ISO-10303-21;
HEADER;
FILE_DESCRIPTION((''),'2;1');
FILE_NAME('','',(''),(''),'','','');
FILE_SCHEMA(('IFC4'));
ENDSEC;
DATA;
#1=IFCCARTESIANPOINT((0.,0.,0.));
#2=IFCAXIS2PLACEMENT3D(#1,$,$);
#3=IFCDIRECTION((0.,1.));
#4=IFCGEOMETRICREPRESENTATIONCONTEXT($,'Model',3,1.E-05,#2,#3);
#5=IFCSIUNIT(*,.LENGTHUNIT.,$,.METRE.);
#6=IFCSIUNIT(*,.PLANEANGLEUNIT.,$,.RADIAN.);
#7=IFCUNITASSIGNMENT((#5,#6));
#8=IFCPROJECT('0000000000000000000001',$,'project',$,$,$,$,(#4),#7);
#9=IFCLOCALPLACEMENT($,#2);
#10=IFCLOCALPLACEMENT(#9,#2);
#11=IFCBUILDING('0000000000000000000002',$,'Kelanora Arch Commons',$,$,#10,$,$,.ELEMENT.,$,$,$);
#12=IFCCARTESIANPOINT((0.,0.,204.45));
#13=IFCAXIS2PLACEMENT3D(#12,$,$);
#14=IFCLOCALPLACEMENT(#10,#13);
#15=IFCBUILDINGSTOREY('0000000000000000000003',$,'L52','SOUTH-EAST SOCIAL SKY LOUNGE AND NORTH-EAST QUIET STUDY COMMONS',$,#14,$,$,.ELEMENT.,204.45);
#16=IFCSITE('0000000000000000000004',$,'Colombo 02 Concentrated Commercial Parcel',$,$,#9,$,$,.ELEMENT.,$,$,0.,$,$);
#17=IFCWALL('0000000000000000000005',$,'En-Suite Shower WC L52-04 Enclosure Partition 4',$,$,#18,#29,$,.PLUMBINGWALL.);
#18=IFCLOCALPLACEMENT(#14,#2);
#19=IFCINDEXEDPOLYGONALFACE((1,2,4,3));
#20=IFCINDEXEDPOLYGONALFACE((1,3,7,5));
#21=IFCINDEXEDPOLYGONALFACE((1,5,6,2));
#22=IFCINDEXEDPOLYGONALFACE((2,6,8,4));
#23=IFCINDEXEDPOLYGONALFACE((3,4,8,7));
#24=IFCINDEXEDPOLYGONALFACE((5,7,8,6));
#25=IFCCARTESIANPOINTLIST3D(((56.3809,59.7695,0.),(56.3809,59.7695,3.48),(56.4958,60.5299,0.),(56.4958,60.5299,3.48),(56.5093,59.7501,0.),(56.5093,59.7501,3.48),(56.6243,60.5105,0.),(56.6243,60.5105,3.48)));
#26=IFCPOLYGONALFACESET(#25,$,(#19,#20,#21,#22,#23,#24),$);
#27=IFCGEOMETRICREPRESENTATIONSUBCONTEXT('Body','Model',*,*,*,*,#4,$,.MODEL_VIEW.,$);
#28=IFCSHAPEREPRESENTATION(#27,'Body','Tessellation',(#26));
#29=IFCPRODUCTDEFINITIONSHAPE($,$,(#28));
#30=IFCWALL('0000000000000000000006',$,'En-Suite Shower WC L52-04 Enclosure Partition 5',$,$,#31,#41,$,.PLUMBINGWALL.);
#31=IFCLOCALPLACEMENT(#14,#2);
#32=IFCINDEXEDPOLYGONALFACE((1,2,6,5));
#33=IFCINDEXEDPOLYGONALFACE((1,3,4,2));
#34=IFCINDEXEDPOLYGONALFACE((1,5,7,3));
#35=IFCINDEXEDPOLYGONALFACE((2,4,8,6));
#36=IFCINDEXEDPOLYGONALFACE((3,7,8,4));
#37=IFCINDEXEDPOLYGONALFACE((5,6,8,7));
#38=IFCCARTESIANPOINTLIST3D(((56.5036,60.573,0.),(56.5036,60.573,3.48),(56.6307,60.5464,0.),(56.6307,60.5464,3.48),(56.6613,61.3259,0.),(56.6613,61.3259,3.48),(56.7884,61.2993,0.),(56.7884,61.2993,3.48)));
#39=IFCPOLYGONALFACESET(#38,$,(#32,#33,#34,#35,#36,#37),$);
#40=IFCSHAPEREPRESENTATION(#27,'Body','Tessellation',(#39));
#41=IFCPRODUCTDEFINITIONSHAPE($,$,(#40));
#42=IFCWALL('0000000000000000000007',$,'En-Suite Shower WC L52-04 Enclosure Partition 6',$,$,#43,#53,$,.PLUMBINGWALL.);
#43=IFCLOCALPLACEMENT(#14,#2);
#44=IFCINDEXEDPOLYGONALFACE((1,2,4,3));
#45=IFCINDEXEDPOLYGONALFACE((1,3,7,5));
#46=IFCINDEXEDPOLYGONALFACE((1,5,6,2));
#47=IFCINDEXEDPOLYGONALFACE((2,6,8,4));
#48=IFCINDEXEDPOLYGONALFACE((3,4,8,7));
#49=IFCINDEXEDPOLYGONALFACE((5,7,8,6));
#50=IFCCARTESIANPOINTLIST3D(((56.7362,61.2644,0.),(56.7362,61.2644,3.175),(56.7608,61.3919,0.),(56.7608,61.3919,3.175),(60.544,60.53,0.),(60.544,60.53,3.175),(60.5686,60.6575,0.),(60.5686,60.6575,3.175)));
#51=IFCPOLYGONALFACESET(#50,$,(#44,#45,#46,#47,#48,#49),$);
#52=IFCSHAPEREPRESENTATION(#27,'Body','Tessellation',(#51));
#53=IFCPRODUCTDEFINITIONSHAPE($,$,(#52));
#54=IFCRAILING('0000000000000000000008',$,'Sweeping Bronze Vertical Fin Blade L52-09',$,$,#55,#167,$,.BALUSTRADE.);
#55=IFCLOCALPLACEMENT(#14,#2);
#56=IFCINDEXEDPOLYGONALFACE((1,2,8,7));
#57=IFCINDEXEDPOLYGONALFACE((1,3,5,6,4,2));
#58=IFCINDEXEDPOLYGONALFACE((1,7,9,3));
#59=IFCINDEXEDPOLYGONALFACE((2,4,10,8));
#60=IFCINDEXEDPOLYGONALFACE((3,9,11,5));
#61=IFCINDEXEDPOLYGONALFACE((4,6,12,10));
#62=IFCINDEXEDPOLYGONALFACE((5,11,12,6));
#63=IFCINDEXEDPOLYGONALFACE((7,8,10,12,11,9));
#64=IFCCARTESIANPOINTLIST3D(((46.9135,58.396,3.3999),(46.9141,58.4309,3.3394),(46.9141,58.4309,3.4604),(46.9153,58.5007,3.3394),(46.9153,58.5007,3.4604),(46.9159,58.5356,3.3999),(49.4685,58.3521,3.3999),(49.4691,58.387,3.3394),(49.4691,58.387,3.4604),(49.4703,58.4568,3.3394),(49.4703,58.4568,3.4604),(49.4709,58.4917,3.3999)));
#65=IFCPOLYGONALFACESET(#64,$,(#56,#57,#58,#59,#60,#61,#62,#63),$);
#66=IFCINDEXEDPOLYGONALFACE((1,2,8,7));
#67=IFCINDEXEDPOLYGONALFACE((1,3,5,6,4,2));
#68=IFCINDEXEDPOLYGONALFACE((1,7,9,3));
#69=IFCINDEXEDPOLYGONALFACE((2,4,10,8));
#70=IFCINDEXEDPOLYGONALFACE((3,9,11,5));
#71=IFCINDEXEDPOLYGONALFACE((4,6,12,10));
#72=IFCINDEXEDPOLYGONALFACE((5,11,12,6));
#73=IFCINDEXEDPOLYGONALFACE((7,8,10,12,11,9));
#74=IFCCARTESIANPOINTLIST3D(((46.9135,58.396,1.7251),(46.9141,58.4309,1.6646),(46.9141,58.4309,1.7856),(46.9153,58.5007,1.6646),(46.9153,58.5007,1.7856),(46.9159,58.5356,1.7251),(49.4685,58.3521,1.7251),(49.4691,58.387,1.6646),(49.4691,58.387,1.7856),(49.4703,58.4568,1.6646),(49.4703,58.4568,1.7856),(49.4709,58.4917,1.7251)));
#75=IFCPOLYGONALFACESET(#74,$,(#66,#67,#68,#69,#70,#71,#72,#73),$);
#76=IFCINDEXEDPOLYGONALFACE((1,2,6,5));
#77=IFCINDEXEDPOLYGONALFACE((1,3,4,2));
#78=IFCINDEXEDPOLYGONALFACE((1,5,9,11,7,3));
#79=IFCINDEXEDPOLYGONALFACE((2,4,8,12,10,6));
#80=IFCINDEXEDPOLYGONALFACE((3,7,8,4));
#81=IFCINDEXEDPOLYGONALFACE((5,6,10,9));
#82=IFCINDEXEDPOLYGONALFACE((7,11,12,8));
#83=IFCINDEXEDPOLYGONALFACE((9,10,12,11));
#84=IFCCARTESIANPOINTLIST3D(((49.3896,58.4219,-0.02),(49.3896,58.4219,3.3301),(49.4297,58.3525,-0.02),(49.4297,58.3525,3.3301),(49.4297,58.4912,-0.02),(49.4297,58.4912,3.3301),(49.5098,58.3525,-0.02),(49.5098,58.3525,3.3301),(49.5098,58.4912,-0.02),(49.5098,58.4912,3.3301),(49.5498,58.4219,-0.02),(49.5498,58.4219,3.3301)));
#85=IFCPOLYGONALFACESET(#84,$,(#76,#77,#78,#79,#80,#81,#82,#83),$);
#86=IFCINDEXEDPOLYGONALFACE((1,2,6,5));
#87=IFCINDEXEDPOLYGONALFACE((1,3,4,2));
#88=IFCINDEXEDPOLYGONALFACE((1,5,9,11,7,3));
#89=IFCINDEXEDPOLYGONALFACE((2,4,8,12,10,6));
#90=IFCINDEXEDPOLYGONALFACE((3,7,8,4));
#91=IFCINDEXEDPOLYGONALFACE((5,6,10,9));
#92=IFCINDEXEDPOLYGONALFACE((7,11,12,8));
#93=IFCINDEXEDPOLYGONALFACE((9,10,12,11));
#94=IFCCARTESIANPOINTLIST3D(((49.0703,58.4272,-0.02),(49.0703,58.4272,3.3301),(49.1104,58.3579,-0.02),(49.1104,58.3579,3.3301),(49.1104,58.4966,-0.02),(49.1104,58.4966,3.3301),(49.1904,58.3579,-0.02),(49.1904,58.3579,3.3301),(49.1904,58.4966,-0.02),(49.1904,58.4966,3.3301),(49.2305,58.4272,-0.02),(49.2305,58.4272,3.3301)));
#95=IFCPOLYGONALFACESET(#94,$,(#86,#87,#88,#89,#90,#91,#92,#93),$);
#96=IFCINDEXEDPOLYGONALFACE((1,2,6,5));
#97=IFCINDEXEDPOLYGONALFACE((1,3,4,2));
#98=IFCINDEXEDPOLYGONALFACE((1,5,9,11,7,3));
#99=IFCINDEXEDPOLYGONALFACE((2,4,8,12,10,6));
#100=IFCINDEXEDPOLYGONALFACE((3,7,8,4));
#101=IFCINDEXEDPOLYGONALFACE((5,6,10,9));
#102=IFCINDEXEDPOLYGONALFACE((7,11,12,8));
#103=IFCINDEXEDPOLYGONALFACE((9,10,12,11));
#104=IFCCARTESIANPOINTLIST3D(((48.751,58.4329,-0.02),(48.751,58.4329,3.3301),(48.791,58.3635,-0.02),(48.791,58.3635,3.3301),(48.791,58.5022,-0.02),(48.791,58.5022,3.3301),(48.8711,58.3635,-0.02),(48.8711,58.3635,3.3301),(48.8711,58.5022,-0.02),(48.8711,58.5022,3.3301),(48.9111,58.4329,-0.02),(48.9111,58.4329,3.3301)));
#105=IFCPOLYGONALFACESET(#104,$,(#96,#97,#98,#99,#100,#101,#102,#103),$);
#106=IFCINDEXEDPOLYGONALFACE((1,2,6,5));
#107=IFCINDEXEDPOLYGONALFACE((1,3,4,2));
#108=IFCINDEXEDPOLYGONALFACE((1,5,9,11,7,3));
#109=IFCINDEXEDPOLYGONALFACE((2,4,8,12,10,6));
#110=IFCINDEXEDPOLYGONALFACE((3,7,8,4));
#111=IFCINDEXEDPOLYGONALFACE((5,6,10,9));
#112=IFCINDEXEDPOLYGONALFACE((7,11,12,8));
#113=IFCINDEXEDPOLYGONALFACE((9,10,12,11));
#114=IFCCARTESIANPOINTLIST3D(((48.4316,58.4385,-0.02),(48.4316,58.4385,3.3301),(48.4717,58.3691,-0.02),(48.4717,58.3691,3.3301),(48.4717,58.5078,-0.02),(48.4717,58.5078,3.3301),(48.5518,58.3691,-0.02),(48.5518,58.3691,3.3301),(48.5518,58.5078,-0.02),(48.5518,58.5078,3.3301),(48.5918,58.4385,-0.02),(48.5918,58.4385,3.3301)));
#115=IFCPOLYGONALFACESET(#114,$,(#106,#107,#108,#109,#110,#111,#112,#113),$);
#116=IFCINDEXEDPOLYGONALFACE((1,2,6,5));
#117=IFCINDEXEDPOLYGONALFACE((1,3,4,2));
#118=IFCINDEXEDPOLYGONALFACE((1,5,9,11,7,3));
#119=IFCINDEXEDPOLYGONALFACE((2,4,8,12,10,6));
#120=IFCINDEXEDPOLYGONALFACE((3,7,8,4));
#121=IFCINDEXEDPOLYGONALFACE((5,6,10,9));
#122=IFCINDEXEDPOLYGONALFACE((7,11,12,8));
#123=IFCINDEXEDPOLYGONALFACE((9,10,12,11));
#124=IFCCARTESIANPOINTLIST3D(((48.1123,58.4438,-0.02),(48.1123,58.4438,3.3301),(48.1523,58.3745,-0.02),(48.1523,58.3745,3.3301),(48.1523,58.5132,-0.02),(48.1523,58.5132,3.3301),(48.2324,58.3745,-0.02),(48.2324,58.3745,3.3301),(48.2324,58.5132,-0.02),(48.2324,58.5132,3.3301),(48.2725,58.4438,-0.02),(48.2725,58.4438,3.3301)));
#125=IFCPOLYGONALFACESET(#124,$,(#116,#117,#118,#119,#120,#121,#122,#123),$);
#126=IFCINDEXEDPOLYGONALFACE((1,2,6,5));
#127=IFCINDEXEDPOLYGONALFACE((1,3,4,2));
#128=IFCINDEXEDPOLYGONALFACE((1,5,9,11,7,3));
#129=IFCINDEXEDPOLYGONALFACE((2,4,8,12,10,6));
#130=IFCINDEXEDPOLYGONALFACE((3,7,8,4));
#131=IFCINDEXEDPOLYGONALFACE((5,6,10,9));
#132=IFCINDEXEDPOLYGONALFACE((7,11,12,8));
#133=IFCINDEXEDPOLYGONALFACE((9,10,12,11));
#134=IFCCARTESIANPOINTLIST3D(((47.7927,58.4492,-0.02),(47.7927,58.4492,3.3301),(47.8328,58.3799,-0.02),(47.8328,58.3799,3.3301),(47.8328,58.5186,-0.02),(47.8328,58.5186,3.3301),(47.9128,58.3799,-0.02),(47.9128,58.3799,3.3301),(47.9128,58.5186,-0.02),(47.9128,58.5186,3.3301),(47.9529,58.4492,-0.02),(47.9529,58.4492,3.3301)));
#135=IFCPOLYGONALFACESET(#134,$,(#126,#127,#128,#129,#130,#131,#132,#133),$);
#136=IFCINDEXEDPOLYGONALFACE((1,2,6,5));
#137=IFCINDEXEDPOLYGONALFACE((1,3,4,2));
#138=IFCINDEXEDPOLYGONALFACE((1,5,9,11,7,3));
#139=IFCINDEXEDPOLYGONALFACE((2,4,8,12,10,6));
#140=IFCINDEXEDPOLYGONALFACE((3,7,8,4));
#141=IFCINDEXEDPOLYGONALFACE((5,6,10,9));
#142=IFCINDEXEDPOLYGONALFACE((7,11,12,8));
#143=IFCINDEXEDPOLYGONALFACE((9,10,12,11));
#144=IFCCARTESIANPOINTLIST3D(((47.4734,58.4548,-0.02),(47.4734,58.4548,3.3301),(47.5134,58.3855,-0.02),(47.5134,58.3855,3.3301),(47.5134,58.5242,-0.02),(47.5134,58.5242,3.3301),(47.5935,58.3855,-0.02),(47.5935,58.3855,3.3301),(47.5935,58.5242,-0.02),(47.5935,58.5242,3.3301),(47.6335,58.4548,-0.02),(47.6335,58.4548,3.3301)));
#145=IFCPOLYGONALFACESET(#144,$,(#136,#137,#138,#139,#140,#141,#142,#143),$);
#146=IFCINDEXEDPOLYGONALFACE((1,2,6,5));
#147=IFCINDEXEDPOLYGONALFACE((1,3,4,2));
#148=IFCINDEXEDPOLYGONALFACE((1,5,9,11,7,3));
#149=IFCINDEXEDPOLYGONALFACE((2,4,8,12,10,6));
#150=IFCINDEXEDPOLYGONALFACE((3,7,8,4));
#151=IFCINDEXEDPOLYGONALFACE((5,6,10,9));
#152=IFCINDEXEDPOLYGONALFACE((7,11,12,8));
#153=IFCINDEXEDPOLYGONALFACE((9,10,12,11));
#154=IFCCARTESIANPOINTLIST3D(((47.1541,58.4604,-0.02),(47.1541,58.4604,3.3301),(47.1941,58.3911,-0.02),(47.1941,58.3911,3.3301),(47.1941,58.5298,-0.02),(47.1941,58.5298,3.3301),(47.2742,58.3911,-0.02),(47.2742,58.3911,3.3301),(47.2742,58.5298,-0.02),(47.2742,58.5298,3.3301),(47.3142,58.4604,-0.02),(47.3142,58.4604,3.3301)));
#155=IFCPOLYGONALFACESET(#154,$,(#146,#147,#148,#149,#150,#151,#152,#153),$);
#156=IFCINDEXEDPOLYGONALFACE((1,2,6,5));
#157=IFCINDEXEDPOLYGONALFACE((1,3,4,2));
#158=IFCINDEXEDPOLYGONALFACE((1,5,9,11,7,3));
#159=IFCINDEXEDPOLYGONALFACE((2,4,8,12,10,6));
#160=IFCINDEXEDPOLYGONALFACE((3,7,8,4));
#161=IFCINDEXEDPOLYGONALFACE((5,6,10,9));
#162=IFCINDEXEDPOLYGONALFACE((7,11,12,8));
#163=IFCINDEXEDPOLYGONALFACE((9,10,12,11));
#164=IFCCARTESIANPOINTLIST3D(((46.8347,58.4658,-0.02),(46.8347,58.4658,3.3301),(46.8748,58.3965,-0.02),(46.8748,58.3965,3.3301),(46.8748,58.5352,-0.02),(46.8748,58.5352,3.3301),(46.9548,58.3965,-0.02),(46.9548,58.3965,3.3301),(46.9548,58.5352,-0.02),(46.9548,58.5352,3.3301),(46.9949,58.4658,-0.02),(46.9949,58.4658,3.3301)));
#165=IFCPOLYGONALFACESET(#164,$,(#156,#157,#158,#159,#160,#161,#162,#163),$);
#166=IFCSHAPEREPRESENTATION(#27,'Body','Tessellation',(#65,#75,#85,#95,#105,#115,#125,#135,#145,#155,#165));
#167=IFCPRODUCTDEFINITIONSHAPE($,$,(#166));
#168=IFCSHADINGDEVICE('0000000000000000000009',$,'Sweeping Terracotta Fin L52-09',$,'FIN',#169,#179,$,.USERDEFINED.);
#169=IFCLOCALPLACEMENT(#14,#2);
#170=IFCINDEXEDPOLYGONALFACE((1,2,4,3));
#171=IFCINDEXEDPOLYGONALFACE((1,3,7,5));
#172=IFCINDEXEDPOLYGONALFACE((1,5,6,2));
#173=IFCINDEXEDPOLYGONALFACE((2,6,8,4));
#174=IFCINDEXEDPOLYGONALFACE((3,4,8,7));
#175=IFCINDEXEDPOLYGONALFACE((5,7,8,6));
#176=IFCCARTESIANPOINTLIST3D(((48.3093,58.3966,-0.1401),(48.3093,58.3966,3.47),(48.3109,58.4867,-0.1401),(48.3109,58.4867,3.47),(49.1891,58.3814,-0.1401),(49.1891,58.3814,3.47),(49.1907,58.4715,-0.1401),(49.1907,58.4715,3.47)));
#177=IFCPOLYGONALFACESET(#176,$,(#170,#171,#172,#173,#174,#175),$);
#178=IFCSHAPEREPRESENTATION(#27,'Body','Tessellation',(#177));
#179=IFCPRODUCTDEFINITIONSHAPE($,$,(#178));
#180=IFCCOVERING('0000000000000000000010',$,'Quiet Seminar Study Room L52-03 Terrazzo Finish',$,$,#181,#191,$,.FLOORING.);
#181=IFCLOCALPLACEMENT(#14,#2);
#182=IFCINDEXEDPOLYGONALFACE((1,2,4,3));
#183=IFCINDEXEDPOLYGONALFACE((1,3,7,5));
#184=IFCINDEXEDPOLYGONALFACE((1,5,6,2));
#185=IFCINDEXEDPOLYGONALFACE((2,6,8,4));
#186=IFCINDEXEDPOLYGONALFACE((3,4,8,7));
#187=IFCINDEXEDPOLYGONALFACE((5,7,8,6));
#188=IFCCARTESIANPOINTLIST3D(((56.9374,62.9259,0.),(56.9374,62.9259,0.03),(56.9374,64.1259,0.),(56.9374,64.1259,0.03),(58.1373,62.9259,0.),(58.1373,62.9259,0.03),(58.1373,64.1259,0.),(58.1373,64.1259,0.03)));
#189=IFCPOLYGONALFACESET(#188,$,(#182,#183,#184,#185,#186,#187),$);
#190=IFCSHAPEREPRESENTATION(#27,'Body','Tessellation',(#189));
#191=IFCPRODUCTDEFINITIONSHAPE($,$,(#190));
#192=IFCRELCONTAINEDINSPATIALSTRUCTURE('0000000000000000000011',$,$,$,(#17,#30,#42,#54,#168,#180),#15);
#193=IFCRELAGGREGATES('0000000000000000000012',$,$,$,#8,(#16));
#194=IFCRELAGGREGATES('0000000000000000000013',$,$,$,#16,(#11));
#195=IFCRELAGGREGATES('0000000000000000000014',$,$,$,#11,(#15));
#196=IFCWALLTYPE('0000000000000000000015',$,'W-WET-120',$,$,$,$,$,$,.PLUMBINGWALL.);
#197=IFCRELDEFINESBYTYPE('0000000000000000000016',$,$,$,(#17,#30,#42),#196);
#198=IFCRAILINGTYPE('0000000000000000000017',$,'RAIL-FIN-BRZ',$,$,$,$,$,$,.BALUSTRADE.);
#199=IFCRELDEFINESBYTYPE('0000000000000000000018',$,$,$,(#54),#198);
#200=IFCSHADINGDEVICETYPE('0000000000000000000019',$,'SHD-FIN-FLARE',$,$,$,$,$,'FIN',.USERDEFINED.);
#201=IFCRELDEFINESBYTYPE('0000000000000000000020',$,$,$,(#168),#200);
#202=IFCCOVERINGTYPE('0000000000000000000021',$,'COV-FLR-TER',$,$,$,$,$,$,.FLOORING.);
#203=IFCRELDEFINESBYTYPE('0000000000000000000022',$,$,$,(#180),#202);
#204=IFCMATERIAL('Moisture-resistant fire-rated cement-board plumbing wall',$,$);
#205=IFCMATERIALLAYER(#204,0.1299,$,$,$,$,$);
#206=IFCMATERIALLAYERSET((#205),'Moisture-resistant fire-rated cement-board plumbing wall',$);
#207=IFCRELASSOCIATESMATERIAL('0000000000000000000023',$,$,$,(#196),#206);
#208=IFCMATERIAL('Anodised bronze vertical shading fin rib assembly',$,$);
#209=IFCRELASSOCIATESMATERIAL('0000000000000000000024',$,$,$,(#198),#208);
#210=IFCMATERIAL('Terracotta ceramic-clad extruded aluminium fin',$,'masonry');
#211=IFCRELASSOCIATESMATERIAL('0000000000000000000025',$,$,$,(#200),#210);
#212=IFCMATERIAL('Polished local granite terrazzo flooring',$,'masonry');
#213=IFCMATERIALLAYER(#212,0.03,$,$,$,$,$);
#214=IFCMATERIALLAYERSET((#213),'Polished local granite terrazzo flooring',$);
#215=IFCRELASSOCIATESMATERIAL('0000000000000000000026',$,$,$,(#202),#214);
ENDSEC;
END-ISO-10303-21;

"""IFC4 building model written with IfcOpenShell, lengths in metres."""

from ifc_helpers import new_model, si_unit, direction, frame, frame_2d, origin, origin_2d, place, context, subcontext, project, spatial, polyline, rectangle, outline, extrude, source, transform, mapped, material, layer, layer_set, type_object, element, save


model = new_model("IFC4")

# Units and contexts
model_context = context("Model", 3, precision=1e-05, world=origin(), true_north=direction((0.0, 1.0)))
body_context = subcontext(model_context, "Body", "Model", "MODEL_VIEW")
ifc_project = project(units=[si_unit("LENGTHUNIT", "METRE"), si_unit("PLANEANGLEUNIT", "RADIAN")], contexts=[model_context])

# Site, building, storey
site_placement = place(None, origin())
site = spatial("IfcSite", under=ifc_project, at=site_placement, Name="Colombo 02 Concentrated Commercial Parcel", CompositionType="ELEMENT", RefElevation=0.0)
building_placement = place(site_placement, origin())
building = spatial("IfcBuilding", under=site, at=building_placement, Name="Kelanora Arch Commons", CompositionType="ELEMENT")
storey_placement = place(building_placement, frame((0.0, 0.0, 204.45)))
storey = spatial("IfcBuildingStorey", under=building, at=storey_placement, Name="L52", Description="SOUTH-EAST SOCIAL SKY LOUNGE AND NORTH-EAST QUIET STUDY COMMONS", CompositionType="ELEMENT", Elevation=204.45)

# Shared definitions
ifc_material_1 = material(Name="Moisture-resistant fire-rated cement-board plumbing wall")
ifc_layer_1 = layer(ifc_material_1, 0.1299)
ifc_layer_set_1 = layer_set([ifc_layer_1], Name="Moisture-resistant fire-rated cement-board plumbing wall")
wall_type_1 = type_object("IfcWallType", Name="W-WET-120", PredefinedType="PLUMBINGWALL", material=ifc_layer_set_1)

# Walls
wall_1_placement = place(storey_placement, frame((56.4451, 59.7598, 0.0), z_axis=(0.0, 0.0, 1.0), x_axis=(0.149504, 0.988761, 0.0)))
element("IfcWall", 1, at=wall_1_placement, inside=storey, type_object=wall_type_1, Name="En-Suite Shower WC L52-04 Enclosure Partition 4", PredefinedType="PLUMBINGWALL", context=body_context, shape_type="SweptSolid", body=[
    extrude(rectangle(XDim=0.769, YDim=0.1299, at=frame_2d((0.3845, 0.0))), origin(), (0.0, 0.0, 1.0), 3.48),
])
wall_2_placement = place(storey_placement, frame((56.5671, 60.5596, 0.0), z_axis=(0.0, 0.0, 1.0), x_axis=(0.205019, 0.978758, 0.0)))
element("IfcWall", 2, at=wall_2_placement, inside=storey, type_object=wall_type_1, Name="En-Suite Shower WC L52-04 Enclosure Partition 5", PredefinedType="PLUMBINGWALL", context=body_context, shape_type="SweptSolid", body=[
    extrude(rectangle(XDim=0.7693, YDim=0.1299, at=frame_2d((0.3848, 0.0))), origin(), (0.0, 0.0, 1.0), 3.48),
])
wall_3_placement = place(storey_placement, frame((56.7485, 61.3281, 0.0), z_axis=(0.0, 0.0, 1.0), x_axis=(0.981906, -0.189368, 0.0)))
element("IfcWall", 3, at=wall_3_placement, inside=storey, type_object=wall_type_1, Name="En-Suite Shower WC L52-04 Enclosure Partition 6", PredefinedType="PLUMBINGWALL", context=body_context, shape_type="SweptSolid", body=[
    extrude(rectangle(XDim=3.8779, YDim=0.1299, at=frame_2d((1.939, 0.0))), origin(), (0.0, 0.0, 1.0), 3.175),
])

# Railing
ifc_material_2 = material(Name="Anodised bronze vertical shading fin rib assembly")
railing_type = type_object("IfcRailingType", Name="RAIL-FIN-BRZ", PredefinedType="BALUSTRADE", material=ifc_material_2)
railing_placement = place(storey_placement, frame((49.4697, 58.4219, -0.02)))
element("IfcRailing", 4, at=railing_placement, inside=storey, type_object=railing_type, Name="Sweeping Bronze Vertical Fin Blade L52-09", PredefinedType="BALUSTRADE", context=body_context, shape_type="SweptSolid", body=[
    extrude(outline(polyline([(0.0698, 0.0), (0.0349, 0.0605), (-0.0349, 0.0605), (-0.0698, 0.0), (-0.0349, -0.0605), (0.0349, -0.0605), (0.0698, 0.0)])), frame((0.0, 0.0, 3.4199), z_axis=(-0.999852, 0.017198, 0.0), x_axis=(-0.017198, -0.999852, 0.0)), (0.0, 0.0, 1.0), 2.5554),
    extrude(outline(polyline([(0.0698, 0.0), (0.0349, 0.0605), (-0.0349, 0.0605), (-0.0698, 0.0), (-0.0349, -0.0605), (0.0349, -0.0605), (0.0698, 0.0)])), frame((0.0, 0.0, 1.7451), z_axis=(-0.999852, 0.017198, 0.0), x_axis=(-0.017198, -0.999852, 0.0)), (0.0, 0.0, 1.0), 2.5554),
    extrude(outline(polyline([(0.0801, 0.0), (0.04, 0.0693), (-0.04, 0.0693), (-0.0801, 0.0), (-0.04, -0.0693), (0.04, -0.0693), (0.0801, 0.0)])), origin(), (0.0, 0.0, 1.0), 3.3501),
    extrude(outline(polyline([(0.0801, 0.0), (0.04, 0.0693), (-0.04, 0.0693), (-0.0801, 0.0), (-0.04, -0.0693), (0.04, -0.0693), (0.0801, 0.0)])), frame((-0.3193, 0.0054, 0.0)), (0.0, 0.0, 1.0), 3.3501),
    extrude(outline(polyline([(0.0801, 0.0), (0.04, 0.0693), (-0.04, 0.0693), (-0.0801, 0.0), (-0.04, -0.0693), (0.04, -0.0693), (0.0801, 0.0)])), frame((-0.6387, 0.011, 0.0)), (0.0, 0.0, 1.0), 3.3501),
    extrude(outline(polyline([(0.0801, 0.0), (0.04, 0.0693), (-0.04, 0.0693), (-0.0801, 0.0), (-0.04, -0.0693), (0.04, -0.0693), (0.0801, 0.0)])), frame((-0.958, 0.0166, 0.0)), (0.0, 0.0, 1.0), 3.3501),
    extrude(outline(polyline([(0.0801, 0.0), (0.04, 0.0693), (-0.04, 0.0693), (-0.0801, 0.0), (-0.04, -0.0693), (0.04, -0.0693), (0.0801, 0.0)])), frame((-1.2773, 0.022, 0.0)), (0.0, 0.0, 1.0), 3.3501),
    extrude(outline(polyline([(0.0801, 0.0), (0.04, 0.0693), (-0.04, 0.0693), (-0.0801, 0.0), (-0.04, -0.0693), (0.04, -0.0693), (0.0801, 0.0)])), frame((-1.5969, 0.0273, 0.0)), (0.0, 0.0, 1.0), 3.3501),
    extrude(outline(polyline([(0.0801, 0.0), (0.04, 0.0693), (-0.04, 0.0693), (-0.0801, 0.0), (-0.04, -0.0693), (0.04, -0.0693), (0.0801, 0.0)])), frame((-1.9163, 0.033, 0.0)), (0.0, 0.0, 1.0), 3.3501),
    extrude(outline(polyline([(0.0801, 0.0), (0.04, 0.0693), (-0.04, 0.0693), (-0.0801, 0.0), (-0.04, -0.0693), (0.04, -0.0693), (0.0801, 0.0)])), frame((-2.2356, 0.0386, 0.0)), (0.0, 0.0, 1.0), 3.3501),
    extrude(outline(polyline([(0.0801, 0.0), (0.04, 0.0693), (-0.04, 0.0693), (-0.0801, 0.0), (-0.04, -0.0693), (0.04, -0.0693), (0.0801, 0.0)])), frame((-2.5549, 0.0439, 0.0)), (0.0, 0.0, 1.0), 3.3501),
])

# Shading device
ifc_material_3 = material(Name="Terracotta ceramic-clad extruded aluminium fin", Category="masonry")
shading_device_type = type_object("IfcShadingDeviceType", Name="SHD-FIN-FLARE", ElementType="FIN", PredefinedType="USERDEFINED", material=ifc_material_3)
shared_shape_1 = source(origin(), body_context, "Body", "SweptSolid", [
    extrude(rectangle(XDim=0.8799, YDim=0.0901, at=origin_2d()), origin(), (0.0, 0.0, 1.0), 3.6101),
])
shading_device_placement = place(storey_placement, frame((48.75, 58.4341, -0.1401), z_axis=(0.0, 0.0, 1.0), x_axis=(-0.999851, 0.017278, 0.0)))
element("IfcShadingDevice", 5, at=shading_device_placement, inside=storey, type_object=shading_device_type, Name="Sweeping Terracotta Fin L52-09", ObjectType="FIN", PredefinedType="USERDEFINED", context=body_context, shape_type="MappedRepresentation", body=[
    mapped(shared_shape_1, transform((0.0, 0.0, 0.0), scale=1.0)),
])

# Covering
ifc_material_4 = material(Name="Polished local granite terrazzo flooring", Category="masonry")
ifc_layer_2 = layer(ifc_material_4, 0.03)
ifc_layer_set_2 = layer_set([ifc_layer_2], Name="Polished local granite terrazzo flooring")
covering_type = type_object("IfcCoveringType", Name="COV-FLR-TER", PredefinedType="FLOORING", material=ifc_layer_set_2)
shared_shape_2 = source(origin(), body_context, "Body", "SweptSolid", [
    extrude(rectangle(XDim=1.2, YDim=1.2, at=origin_2d()), origin(), (0.0, 0.0, 1.0), 0.03),
])
covering_placement = place(storey_placement, frame((57.5374, 63.5259, 0.0), z_axis=(0.0, 0.0, 1.0), x_axis=(1.0, 0.0, 0.0)))
element("IfcCovering", 6, at=covering_placement, inside=storey, type_object=covering_type, Name="Quiet Seminar Study Room L52-03 Terrazzo Finish", PredefinedType="FLOORING", context=body_context, shape_type="MappedRepresentation", body=[
    mapped(shared_shape_2, transform((0.0, 0.0, 0.0), scale=1.0)),
])

save(model, "model.ifc")
